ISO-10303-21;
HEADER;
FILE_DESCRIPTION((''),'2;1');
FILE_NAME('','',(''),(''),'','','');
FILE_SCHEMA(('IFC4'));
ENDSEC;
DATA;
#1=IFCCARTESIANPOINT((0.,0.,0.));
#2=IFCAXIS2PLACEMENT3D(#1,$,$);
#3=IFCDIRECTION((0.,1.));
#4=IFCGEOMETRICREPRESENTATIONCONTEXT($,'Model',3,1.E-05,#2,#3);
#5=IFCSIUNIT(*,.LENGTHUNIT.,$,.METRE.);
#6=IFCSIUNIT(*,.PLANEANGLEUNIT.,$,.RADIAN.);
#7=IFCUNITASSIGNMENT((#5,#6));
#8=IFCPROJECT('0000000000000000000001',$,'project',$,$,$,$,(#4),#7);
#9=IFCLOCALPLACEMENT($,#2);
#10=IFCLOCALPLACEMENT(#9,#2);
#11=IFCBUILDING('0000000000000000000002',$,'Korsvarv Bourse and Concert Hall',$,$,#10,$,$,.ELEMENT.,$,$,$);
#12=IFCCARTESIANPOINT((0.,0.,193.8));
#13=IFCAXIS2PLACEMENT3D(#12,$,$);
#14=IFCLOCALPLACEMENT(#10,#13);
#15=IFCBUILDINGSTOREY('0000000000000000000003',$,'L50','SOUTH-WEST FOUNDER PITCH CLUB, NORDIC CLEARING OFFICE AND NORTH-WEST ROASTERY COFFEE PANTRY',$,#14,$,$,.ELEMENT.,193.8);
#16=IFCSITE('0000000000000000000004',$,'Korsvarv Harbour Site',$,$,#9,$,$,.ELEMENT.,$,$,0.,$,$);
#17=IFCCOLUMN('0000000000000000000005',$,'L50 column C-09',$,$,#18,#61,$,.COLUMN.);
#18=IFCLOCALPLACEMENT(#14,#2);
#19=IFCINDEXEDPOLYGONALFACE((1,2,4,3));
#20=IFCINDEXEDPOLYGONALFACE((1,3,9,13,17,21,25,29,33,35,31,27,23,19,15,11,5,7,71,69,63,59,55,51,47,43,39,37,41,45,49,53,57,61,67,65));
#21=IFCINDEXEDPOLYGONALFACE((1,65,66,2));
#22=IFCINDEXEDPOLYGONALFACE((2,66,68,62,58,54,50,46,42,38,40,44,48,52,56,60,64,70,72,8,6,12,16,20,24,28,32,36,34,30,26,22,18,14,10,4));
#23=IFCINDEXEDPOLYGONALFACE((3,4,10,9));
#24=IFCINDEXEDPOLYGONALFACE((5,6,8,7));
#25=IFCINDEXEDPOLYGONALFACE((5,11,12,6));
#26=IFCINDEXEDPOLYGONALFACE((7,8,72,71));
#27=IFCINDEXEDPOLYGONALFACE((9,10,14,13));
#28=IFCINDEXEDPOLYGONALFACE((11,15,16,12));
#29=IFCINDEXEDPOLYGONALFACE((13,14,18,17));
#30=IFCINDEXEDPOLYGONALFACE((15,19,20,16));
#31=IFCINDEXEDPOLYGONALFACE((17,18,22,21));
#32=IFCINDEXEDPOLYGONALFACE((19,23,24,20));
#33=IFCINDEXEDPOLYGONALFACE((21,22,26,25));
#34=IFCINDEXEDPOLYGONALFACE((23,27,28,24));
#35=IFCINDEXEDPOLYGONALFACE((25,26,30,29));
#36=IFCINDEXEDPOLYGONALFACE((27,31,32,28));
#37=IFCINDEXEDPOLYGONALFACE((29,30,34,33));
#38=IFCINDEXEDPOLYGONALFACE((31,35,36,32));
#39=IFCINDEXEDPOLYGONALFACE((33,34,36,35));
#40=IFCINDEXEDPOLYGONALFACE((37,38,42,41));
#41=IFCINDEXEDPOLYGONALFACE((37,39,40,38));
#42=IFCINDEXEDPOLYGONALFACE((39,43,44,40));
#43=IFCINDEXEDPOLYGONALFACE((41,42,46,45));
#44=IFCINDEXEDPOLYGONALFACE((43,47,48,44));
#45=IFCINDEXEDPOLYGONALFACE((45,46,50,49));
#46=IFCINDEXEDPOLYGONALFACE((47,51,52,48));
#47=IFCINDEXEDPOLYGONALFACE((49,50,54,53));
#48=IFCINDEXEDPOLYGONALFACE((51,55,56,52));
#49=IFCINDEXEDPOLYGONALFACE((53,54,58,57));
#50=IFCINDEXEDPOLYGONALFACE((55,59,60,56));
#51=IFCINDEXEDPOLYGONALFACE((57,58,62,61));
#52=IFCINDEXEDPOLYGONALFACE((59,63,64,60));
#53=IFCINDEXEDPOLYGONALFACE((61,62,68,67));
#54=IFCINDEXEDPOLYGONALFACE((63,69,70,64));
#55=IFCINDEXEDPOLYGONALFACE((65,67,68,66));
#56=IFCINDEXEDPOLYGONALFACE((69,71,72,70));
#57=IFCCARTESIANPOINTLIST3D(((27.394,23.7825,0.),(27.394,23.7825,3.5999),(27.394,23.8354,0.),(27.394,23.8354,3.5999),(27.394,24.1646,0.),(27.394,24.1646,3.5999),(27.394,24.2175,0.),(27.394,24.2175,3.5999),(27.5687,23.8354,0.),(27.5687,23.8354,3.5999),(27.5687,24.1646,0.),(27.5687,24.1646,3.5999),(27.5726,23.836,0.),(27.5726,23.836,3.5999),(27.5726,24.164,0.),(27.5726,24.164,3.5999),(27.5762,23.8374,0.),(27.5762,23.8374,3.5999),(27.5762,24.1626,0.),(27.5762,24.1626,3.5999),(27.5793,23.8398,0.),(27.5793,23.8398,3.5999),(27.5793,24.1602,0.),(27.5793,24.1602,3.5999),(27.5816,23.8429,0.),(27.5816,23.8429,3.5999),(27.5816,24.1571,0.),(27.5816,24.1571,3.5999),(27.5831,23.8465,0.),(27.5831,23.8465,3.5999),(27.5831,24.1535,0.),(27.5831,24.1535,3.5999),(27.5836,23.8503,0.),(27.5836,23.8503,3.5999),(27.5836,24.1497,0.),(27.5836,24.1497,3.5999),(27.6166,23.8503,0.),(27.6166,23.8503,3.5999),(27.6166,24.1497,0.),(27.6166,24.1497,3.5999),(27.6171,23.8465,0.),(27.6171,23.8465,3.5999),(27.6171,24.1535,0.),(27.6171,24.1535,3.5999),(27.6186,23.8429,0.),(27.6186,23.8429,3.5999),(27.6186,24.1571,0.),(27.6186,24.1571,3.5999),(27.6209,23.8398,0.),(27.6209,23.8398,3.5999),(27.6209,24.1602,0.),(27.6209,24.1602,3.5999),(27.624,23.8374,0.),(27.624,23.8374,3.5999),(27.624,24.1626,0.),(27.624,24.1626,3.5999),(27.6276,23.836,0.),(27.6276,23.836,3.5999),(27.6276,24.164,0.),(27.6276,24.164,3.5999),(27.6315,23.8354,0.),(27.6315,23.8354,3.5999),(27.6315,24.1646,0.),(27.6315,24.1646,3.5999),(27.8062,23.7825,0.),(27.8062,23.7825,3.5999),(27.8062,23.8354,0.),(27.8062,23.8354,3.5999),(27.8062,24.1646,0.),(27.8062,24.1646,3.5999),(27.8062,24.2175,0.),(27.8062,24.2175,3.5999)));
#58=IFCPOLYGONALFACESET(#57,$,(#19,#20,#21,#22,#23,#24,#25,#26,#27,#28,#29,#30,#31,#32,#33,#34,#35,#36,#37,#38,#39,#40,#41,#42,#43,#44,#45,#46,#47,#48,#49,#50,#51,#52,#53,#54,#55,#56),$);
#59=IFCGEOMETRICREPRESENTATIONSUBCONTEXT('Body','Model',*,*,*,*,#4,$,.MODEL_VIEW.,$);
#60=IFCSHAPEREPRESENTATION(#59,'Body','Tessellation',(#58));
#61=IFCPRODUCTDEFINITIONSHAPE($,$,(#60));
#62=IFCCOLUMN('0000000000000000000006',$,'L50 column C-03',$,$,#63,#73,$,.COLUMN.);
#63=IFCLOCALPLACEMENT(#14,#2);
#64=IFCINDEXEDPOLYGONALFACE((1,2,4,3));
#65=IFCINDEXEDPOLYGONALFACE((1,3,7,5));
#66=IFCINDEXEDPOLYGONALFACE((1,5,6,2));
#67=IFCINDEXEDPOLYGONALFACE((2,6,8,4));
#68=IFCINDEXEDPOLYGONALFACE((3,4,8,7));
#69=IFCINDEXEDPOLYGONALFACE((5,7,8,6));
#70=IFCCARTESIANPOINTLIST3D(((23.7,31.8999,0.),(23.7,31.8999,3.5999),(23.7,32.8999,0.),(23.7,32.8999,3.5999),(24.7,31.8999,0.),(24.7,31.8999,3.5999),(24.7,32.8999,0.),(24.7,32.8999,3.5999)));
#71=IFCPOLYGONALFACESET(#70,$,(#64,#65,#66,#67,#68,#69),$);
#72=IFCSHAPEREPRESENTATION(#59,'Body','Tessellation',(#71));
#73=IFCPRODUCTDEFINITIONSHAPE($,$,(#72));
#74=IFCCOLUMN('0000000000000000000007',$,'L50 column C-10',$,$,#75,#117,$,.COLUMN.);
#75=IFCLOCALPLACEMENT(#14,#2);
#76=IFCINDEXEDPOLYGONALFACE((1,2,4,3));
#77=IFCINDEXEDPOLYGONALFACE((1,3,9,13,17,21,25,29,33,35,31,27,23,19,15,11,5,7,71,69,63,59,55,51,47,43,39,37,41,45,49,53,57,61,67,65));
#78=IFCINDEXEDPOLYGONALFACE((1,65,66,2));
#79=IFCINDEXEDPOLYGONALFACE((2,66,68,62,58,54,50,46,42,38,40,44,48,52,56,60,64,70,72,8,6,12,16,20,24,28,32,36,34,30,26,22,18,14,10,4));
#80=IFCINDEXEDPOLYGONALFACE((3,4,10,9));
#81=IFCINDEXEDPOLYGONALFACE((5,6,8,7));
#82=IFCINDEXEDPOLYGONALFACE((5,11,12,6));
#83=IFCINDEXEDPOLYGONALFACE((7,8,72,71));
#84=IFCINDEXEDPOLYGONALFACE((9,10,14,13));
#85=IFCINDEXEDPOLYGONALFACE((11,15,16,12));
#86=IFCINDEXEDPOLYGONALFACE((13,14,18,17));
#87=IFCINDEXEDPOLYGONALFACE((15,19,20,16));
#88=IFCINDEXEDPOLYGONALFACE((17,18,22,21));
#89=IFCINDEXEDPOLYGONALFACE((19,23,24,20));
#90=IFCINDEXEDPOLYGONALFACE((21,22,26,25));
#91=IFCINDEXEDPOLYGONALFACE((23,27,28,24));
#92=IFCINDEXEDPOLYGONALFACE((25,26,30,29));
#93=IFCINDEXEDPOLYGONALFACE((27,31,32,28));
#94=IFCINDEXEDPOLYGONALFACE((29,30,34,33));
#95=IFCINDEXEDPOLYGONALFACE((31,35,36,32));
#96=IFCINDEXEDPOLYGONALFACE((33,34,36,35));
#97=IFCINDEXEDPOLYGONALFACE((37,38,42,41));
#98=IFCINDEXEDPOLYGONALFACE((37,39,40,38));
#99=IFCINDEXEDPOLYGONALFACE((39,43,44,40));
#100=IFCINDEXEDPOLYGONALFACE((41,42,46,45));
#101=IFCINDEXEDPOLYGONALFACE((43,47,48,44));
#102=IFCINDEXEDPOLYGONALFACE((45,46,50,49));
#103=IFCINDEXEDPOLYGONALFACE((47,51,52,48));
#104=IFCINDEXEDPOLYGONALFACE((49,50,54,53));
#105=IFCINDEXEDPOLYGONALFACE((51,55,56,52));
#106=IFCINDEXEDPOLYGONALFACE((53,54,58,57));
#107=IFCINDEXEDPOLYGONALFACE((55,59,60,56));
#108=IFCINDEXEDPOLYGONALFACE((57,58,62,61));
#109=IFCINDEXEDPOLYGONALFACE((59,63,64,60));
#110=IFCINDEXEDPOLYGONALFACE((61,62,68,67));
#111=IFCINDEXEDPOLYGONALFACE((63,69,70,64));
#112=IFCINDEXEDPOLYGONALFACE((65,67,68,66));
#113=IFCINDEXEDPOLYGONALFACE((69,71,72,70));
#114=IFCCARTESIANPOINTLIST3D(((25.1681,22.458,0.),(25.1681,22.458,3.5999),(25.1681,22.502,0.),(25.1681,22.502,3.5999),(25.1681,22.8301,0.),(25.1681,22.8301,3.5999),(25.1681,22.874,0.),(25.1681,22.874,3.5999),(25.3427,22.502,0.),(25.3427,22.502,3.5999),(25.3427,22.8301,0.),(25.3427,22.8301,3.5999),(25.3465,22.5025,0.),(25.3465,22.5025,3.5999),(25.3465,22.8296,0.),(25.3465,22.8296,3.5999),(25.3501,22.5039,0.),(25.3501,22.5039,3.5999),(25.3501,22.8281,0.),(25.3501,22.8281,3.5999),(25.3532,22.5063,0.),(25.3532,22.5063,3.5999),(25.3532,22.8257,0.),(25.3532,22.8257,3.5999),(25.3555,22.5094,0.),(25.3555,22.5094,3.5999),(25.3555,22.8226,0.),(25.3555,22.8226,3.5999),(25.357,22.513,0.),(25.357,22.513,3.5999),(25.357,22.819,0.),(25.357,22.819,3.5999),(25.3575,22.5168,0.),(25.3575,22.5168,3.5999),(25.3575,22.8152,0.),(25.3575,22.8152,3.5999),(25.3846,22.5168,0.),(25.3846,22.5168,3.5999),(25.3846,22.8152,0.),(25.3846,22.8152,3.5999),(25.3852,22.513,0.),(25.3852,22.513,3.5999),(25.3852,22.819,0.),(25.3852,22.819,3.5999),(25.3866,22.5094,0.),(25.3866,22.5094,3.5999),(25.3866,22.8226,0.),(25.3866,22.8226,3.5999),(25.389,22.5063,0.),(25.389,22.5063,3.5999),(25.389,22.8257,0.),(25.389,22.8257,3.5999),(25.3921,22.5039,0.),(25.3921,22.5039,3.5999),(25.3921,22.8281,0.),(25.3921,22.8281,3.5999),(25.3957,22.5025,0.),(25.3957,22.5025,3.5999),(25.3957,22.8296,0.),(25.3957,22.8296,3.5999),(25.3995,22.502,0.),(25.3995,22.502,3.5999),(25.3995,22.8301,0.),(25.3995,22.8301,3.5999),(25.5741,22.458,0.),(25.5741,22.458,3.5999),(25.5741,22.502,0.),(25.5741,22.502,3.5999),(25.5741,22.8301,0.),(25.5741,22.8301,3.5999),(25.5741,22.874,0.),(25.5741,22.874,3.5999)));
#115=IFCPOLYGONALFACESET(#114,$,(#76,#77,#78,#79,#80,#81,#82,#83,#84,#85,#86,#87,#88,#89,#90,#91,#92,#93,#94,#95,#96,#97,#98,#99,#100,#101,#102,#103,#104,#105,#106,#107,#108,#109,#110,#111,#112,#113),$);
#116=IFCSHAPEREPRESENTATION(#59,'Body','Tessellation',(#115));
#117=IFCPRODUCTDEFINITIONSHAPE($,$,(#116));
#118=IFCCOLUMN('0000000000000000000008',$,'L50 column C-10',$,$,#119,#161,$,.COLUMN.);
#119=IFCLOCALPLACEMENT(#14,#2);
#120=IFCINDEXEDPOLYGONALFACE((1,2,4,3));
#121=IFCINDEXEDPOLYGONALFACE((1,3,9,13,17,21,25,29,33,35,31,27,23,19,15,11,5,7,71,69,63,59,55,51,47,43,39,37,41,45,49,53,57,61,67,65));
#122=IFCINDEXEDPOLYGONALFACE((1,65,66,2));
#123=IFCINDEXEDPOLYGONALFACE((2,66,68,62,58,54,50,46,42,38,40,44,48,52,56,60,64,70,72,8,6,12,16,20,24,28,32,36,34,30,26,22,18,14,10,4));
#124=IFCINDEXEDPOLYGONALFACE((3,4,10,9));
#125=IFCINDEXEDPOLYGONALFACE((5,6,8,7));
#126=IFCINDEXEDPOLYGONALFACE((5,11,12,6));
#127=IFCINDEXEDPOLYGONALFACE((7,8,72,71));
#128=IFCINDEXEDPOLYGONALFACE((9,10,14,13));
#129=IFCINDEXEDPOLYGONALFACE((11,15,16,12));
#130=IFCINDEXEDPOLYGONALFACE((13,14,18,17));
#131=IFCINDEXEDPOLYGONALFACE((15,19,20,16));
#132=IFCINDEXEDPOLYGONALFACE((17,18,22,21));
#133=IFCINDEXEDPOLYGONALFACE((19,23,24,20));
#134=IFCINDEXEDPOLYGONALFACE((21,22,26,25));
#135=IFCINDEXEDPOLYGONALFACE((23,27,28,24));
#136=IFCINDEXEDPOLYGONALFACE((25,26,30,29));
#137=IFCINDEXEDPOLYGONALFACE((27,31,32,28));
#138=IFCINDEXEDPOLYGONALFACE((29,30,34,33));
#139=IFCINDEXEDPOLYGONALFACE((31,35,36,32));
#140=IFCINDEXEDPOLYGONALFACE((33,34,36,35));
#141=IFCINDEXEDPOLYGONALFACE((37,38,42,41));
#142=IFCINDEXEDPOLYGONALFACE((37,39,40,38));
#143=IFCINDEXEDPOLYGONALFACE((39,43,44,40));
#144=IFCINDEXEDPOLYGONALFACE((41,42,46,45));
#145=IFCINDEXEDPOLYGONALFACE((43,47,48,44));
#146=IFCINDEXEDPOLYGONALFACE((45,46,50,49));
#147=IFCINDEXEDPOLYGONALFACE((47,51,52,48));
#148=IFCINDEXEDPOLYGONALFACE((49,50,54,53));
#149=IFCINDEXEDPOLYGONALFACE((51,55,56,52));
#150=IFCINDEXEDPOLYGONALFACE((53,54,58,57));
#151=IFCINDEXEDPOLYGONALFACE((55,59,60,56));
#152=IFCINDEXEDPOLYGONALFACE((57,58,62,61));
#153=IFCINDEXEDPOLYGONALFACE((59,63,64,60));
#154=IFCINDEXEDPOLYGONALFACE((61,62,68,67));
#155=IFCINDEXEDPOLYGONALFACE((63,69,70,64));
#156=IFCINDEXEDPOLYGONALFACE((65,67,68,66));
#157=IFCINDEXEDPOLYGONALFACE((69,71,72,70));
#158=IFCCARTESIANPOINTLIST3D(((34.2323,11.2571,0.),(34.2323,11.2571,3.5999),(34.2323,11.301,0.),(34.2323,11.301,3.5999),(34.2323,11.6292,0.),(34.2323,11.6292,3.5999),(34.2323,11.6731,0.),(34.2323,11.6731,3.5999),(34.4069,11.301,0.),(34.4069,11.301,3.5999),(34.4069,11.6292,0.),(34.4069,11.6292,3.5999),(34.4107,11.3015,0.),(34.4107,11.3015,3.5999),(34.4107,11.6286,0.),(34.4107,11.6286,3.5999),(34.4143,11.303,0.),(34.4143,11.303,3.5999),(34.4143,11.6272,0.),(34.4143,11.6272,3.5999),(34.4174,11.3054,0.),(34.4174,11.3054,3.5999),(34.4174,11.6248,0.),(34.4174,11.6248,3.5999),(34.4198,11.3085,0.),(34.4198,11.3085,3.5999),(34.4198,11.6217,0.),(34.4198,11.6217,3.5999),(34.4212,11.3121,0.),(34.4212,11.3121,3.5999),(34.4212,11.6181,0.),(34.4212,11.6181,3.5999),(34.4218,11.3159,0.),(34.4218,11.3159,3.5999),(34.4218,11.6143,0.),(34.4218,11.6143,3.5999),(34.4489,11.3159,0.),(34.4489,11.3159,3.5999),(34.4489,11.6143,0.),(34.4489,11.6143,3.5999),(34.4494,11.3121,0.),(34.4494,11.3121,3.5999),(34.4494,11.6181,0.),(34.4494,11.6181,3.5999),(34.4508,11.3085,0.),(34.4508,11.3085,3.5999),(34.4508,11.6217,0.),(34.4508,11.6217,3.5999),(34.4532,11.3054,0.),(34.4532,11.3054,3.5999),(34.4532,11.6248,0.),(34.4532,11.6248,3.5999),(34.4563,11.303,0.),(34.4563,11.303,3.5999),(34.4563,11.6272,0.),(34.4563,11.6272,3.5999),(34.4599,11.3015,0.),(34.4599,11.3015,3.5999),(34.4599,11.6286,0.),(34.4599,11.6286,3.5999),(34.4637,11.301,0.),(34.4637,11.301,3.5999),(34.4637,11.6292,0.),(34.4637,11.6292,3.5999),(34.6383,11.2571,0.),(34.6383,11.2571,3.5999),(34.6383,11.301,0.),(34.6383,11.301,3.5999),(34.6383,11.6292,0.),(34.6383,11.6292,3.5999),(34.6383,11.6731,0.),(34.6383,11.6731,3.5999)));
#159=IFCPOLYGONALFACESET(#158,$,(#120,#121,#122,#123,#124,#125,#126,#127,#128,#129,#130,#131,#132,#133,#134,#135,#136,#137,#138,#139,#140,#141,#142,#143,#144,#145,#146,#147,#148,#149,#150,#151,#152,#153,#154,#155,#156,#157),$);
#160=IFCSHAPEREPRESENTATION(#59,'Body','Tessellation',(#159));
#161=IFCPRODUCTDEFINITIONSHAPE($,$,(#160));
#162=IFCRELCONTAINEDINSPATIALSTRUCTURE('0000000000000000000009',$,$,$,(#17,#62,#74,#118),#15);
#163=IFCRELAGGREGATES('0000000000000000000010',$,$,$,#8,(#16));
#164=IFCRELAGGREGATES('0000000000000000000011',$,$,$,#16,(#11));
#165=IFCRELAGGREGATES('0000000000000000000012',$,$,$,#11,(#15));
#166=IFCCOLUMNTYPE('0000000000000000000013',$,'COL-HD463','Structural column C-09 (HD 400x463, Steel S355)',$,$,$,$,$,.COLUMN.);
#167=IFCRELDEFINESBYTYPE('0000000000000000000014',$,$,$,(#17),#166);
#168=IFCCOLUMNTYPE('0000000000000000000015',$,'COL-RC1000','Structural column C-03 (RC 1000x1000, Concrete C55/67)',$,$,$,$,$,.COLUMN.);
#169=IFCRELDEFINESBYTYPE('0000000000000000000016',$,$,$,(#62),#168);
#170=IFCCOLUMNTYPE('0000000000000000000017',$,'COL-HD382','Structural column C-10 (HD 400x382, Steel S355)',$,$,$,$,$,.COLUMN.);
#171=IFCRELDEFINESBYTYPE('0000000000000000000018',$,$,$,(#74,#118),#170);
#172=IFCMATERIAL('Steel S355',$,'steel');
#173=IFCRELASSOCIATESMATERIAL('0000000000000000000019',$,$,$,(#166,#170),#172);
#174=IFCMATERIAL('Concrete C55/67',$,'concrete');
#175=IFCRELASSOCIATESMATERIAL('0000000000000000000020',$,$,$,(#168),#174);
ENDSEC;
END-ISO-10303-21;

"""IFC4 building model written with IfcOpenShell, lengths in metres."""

from ifc_helpers import new_model, si_unit, direction, frame, origin, origin_2d, place, context, subcontext, project, spatial, rectangle, i_section, extrude, source, transform, mapped, material, material_profile, profile_set, type_object, element, save


model = new_model("IFC4")

# Units and contexts
model_context = context("Model", 3, precision=1e-05, world=origin(), true_north=direction((0.0, 1.0)))
body_context = subcontext(model_context, "Body", "Model", "MODEL_VIEW")
ifc_project = project(units=[si_unit("LENGTHUNIT", "METRE"), si_unit("PLANEANGLEUNIT", "RADIAN")], contexts=[model_context])

# Site, building, storey
site_placement = place(None, origin())
site = spatial("IfcSite", under=ifc_project, at=site_placement, Name="Korsvarv Harbour Site", CompositionType="ELEMENT", RefElevation=0.0)
building_placement = place(site_placement, origin())
building = spatial("IfcBuilding", under=site, at=building_placement, Name="Korsvarv Bourse and Concert Hall", CompositionType="ELEMENT")
storey_placement = place(building_placement, frame((0.0, 0.0, 193.8)))
storey = spatial("IfcBuildingStorey", under=building, at=storey_placement, Name="L50", Description="SOUTH-WEST FOUNDER PITCH CLUB, NORDIC CLEARING OFFICE AND NORTH-WEST ROASTERY COFFEE PANTRY", CompositionType="ELEMENT", Elevation=193.8)

# Columns
ifc_material_1 = material(Name="Steel S355", Category="steel")
ifc_material_profile_1 = material_profile(ifc_material_1, i_section(OverallWidth=0.4121, OverallDepth=0.4351, WebThickness=0.033, FlangeThickness=0.053, FilletRadius=0.0149, at=origin_2d()), Name="HD 400x463")
ifc_profile_set_1 = profile_set([ifc_material_profile_1], Name="Steel S355")
column_type_1 = type_object("IfcColumnType", Name="COL-HD463", Description="Structural column C-09 (HD 400x463, Steel S355)", PredefinedType="COLUMN", material=ifc_profile_set_1)
shared_shape_1 = source(origin(), body_context, "Body", "SweptSolid", [
    extrude(i_section(OverallWidth=0.4121, OverallDepth=0.4351, WebThickness=0.033, FlangeThickness=0.053, FilletRadius=0.0149, at=origin_2d()), origin(), (0.0, 0.0, 1.0), 3.5999),
])
column_1_placement = place(storey_placement, frame((27.6001, 24.0, 0.0), z_axis=(0.0, 0.0, 1.0), x_axis=(1.0, 0.0, 0.0)))
element("IfcColumn", 1, at=column_1_placement, inside=storey, type_object=column_type_1, Name="L50 column C-09", PredefinedType="COLUMN", context=body_context, shape_type="MappedRepresentation", body=[
    mapped(shared_shape_1, transform((0.0, 0.0, 0.0), scale=1.0)),
])
ifc_material_2 = material(Name="Concrete C55/67", Category="concrete")
ifc_material_profile_2 = material_profile(ifc_material_2, rectangle(XDim=1.0, YDim=1.0, at=origin_2d()), Name="RC 1000x1000")
ifc_profile_set_2 = profile_set([ifc_material_profile_2], Name="Concrete C55/67")
column_type_2 = type_object("IfcColumnType", Name="COL-RC1000", Description="Structural column C-03 (RC 1000x1000, Concrete C55/67)", PredefinedType="COLUMN", material=ifc_profile_set_2)
shared_shape_2 = source(origin(), body_context, "Body", "SweptSolid", [
    extrude(rectangle(XDim=1.0, YDim=1.0, at=origin_2d()), origin(), (0.0, 0.0, 1.0), 3.5999),
])
column_2_placement = place(storey_placement, frame((24.2, 32.3999, 0.0), z_axis=(0.0, 0.0, 1.0), x_axis=(1.0, 0.0, 0.0)))
element("IfcColumn", 2, at=column_2_placement, inside=storey, type_object=column_type_2, Name="L50 column C-03", PredefinedType="COLUMN", context=body_context, shape_type="MappedRepresentation", body=[
    mapped(shared_shape_2, transform((0.0, 0.0, 0.0), scale=1.0)),
])
ifc_material_profile_3 = material_profile(ifc_material_1, i_section(OverallWidth=0.406, OverallDepth=0.416, WebThickness=0.0271, FlangeThickness=0.0439, FilletRadius=0.0149, at=origin_2d()), Name="HD 400x382")
ifc_profile_set_3 = profile_set([ifc_material_profile_3], Name="Steel S355")
column_type_3 = type_object("IfcColumnType", Name="COL-HD382", Description="Structural column C-10 (HD 400x382, Steel S355)", PredefinedType="COLUMN", material=ifc_profile_set_3)
shared_shape_3 = source(origin(), body_context, "Body", "SweptSolid", [
    extrude(i_section(OverallWidth=0.406, OverallDepth=0.416, WebThickness=0.0271, FlangeThickness=0.0439, FilletRadius=0.0149, at=origin_2d()), origin(), (0.0, 0.0, 1.0), 3.5999),
])
for number, where, z_axis, x_axis, name in (
    (3, (25.3711, 22.666, 0.0), (0.0, 0.0, 1.0), (1.0, 0.0, 0.0), "L50 column C-10"),
    (4, (34.4353, 11.4651, 0.0), (0.0, 0.0, 1.0), (1.0, 0.0, 0.0), "L50 column C-10"),
):
    element("IfcColumn", number, at=place(storey_placement, frame(where, z_axis=z_axis, x_axis=x_axis)), inside=storey, type_object=column_type_3, Name=name, PredefinedType="COLUMN", context=body_context, shape_type="MappedRepresentation", body=[
        mapped(shared_shape_3, transform((0.0, 0.0, 0.0), scale=1.0)),
    ])

save(model, "model.ifc")
